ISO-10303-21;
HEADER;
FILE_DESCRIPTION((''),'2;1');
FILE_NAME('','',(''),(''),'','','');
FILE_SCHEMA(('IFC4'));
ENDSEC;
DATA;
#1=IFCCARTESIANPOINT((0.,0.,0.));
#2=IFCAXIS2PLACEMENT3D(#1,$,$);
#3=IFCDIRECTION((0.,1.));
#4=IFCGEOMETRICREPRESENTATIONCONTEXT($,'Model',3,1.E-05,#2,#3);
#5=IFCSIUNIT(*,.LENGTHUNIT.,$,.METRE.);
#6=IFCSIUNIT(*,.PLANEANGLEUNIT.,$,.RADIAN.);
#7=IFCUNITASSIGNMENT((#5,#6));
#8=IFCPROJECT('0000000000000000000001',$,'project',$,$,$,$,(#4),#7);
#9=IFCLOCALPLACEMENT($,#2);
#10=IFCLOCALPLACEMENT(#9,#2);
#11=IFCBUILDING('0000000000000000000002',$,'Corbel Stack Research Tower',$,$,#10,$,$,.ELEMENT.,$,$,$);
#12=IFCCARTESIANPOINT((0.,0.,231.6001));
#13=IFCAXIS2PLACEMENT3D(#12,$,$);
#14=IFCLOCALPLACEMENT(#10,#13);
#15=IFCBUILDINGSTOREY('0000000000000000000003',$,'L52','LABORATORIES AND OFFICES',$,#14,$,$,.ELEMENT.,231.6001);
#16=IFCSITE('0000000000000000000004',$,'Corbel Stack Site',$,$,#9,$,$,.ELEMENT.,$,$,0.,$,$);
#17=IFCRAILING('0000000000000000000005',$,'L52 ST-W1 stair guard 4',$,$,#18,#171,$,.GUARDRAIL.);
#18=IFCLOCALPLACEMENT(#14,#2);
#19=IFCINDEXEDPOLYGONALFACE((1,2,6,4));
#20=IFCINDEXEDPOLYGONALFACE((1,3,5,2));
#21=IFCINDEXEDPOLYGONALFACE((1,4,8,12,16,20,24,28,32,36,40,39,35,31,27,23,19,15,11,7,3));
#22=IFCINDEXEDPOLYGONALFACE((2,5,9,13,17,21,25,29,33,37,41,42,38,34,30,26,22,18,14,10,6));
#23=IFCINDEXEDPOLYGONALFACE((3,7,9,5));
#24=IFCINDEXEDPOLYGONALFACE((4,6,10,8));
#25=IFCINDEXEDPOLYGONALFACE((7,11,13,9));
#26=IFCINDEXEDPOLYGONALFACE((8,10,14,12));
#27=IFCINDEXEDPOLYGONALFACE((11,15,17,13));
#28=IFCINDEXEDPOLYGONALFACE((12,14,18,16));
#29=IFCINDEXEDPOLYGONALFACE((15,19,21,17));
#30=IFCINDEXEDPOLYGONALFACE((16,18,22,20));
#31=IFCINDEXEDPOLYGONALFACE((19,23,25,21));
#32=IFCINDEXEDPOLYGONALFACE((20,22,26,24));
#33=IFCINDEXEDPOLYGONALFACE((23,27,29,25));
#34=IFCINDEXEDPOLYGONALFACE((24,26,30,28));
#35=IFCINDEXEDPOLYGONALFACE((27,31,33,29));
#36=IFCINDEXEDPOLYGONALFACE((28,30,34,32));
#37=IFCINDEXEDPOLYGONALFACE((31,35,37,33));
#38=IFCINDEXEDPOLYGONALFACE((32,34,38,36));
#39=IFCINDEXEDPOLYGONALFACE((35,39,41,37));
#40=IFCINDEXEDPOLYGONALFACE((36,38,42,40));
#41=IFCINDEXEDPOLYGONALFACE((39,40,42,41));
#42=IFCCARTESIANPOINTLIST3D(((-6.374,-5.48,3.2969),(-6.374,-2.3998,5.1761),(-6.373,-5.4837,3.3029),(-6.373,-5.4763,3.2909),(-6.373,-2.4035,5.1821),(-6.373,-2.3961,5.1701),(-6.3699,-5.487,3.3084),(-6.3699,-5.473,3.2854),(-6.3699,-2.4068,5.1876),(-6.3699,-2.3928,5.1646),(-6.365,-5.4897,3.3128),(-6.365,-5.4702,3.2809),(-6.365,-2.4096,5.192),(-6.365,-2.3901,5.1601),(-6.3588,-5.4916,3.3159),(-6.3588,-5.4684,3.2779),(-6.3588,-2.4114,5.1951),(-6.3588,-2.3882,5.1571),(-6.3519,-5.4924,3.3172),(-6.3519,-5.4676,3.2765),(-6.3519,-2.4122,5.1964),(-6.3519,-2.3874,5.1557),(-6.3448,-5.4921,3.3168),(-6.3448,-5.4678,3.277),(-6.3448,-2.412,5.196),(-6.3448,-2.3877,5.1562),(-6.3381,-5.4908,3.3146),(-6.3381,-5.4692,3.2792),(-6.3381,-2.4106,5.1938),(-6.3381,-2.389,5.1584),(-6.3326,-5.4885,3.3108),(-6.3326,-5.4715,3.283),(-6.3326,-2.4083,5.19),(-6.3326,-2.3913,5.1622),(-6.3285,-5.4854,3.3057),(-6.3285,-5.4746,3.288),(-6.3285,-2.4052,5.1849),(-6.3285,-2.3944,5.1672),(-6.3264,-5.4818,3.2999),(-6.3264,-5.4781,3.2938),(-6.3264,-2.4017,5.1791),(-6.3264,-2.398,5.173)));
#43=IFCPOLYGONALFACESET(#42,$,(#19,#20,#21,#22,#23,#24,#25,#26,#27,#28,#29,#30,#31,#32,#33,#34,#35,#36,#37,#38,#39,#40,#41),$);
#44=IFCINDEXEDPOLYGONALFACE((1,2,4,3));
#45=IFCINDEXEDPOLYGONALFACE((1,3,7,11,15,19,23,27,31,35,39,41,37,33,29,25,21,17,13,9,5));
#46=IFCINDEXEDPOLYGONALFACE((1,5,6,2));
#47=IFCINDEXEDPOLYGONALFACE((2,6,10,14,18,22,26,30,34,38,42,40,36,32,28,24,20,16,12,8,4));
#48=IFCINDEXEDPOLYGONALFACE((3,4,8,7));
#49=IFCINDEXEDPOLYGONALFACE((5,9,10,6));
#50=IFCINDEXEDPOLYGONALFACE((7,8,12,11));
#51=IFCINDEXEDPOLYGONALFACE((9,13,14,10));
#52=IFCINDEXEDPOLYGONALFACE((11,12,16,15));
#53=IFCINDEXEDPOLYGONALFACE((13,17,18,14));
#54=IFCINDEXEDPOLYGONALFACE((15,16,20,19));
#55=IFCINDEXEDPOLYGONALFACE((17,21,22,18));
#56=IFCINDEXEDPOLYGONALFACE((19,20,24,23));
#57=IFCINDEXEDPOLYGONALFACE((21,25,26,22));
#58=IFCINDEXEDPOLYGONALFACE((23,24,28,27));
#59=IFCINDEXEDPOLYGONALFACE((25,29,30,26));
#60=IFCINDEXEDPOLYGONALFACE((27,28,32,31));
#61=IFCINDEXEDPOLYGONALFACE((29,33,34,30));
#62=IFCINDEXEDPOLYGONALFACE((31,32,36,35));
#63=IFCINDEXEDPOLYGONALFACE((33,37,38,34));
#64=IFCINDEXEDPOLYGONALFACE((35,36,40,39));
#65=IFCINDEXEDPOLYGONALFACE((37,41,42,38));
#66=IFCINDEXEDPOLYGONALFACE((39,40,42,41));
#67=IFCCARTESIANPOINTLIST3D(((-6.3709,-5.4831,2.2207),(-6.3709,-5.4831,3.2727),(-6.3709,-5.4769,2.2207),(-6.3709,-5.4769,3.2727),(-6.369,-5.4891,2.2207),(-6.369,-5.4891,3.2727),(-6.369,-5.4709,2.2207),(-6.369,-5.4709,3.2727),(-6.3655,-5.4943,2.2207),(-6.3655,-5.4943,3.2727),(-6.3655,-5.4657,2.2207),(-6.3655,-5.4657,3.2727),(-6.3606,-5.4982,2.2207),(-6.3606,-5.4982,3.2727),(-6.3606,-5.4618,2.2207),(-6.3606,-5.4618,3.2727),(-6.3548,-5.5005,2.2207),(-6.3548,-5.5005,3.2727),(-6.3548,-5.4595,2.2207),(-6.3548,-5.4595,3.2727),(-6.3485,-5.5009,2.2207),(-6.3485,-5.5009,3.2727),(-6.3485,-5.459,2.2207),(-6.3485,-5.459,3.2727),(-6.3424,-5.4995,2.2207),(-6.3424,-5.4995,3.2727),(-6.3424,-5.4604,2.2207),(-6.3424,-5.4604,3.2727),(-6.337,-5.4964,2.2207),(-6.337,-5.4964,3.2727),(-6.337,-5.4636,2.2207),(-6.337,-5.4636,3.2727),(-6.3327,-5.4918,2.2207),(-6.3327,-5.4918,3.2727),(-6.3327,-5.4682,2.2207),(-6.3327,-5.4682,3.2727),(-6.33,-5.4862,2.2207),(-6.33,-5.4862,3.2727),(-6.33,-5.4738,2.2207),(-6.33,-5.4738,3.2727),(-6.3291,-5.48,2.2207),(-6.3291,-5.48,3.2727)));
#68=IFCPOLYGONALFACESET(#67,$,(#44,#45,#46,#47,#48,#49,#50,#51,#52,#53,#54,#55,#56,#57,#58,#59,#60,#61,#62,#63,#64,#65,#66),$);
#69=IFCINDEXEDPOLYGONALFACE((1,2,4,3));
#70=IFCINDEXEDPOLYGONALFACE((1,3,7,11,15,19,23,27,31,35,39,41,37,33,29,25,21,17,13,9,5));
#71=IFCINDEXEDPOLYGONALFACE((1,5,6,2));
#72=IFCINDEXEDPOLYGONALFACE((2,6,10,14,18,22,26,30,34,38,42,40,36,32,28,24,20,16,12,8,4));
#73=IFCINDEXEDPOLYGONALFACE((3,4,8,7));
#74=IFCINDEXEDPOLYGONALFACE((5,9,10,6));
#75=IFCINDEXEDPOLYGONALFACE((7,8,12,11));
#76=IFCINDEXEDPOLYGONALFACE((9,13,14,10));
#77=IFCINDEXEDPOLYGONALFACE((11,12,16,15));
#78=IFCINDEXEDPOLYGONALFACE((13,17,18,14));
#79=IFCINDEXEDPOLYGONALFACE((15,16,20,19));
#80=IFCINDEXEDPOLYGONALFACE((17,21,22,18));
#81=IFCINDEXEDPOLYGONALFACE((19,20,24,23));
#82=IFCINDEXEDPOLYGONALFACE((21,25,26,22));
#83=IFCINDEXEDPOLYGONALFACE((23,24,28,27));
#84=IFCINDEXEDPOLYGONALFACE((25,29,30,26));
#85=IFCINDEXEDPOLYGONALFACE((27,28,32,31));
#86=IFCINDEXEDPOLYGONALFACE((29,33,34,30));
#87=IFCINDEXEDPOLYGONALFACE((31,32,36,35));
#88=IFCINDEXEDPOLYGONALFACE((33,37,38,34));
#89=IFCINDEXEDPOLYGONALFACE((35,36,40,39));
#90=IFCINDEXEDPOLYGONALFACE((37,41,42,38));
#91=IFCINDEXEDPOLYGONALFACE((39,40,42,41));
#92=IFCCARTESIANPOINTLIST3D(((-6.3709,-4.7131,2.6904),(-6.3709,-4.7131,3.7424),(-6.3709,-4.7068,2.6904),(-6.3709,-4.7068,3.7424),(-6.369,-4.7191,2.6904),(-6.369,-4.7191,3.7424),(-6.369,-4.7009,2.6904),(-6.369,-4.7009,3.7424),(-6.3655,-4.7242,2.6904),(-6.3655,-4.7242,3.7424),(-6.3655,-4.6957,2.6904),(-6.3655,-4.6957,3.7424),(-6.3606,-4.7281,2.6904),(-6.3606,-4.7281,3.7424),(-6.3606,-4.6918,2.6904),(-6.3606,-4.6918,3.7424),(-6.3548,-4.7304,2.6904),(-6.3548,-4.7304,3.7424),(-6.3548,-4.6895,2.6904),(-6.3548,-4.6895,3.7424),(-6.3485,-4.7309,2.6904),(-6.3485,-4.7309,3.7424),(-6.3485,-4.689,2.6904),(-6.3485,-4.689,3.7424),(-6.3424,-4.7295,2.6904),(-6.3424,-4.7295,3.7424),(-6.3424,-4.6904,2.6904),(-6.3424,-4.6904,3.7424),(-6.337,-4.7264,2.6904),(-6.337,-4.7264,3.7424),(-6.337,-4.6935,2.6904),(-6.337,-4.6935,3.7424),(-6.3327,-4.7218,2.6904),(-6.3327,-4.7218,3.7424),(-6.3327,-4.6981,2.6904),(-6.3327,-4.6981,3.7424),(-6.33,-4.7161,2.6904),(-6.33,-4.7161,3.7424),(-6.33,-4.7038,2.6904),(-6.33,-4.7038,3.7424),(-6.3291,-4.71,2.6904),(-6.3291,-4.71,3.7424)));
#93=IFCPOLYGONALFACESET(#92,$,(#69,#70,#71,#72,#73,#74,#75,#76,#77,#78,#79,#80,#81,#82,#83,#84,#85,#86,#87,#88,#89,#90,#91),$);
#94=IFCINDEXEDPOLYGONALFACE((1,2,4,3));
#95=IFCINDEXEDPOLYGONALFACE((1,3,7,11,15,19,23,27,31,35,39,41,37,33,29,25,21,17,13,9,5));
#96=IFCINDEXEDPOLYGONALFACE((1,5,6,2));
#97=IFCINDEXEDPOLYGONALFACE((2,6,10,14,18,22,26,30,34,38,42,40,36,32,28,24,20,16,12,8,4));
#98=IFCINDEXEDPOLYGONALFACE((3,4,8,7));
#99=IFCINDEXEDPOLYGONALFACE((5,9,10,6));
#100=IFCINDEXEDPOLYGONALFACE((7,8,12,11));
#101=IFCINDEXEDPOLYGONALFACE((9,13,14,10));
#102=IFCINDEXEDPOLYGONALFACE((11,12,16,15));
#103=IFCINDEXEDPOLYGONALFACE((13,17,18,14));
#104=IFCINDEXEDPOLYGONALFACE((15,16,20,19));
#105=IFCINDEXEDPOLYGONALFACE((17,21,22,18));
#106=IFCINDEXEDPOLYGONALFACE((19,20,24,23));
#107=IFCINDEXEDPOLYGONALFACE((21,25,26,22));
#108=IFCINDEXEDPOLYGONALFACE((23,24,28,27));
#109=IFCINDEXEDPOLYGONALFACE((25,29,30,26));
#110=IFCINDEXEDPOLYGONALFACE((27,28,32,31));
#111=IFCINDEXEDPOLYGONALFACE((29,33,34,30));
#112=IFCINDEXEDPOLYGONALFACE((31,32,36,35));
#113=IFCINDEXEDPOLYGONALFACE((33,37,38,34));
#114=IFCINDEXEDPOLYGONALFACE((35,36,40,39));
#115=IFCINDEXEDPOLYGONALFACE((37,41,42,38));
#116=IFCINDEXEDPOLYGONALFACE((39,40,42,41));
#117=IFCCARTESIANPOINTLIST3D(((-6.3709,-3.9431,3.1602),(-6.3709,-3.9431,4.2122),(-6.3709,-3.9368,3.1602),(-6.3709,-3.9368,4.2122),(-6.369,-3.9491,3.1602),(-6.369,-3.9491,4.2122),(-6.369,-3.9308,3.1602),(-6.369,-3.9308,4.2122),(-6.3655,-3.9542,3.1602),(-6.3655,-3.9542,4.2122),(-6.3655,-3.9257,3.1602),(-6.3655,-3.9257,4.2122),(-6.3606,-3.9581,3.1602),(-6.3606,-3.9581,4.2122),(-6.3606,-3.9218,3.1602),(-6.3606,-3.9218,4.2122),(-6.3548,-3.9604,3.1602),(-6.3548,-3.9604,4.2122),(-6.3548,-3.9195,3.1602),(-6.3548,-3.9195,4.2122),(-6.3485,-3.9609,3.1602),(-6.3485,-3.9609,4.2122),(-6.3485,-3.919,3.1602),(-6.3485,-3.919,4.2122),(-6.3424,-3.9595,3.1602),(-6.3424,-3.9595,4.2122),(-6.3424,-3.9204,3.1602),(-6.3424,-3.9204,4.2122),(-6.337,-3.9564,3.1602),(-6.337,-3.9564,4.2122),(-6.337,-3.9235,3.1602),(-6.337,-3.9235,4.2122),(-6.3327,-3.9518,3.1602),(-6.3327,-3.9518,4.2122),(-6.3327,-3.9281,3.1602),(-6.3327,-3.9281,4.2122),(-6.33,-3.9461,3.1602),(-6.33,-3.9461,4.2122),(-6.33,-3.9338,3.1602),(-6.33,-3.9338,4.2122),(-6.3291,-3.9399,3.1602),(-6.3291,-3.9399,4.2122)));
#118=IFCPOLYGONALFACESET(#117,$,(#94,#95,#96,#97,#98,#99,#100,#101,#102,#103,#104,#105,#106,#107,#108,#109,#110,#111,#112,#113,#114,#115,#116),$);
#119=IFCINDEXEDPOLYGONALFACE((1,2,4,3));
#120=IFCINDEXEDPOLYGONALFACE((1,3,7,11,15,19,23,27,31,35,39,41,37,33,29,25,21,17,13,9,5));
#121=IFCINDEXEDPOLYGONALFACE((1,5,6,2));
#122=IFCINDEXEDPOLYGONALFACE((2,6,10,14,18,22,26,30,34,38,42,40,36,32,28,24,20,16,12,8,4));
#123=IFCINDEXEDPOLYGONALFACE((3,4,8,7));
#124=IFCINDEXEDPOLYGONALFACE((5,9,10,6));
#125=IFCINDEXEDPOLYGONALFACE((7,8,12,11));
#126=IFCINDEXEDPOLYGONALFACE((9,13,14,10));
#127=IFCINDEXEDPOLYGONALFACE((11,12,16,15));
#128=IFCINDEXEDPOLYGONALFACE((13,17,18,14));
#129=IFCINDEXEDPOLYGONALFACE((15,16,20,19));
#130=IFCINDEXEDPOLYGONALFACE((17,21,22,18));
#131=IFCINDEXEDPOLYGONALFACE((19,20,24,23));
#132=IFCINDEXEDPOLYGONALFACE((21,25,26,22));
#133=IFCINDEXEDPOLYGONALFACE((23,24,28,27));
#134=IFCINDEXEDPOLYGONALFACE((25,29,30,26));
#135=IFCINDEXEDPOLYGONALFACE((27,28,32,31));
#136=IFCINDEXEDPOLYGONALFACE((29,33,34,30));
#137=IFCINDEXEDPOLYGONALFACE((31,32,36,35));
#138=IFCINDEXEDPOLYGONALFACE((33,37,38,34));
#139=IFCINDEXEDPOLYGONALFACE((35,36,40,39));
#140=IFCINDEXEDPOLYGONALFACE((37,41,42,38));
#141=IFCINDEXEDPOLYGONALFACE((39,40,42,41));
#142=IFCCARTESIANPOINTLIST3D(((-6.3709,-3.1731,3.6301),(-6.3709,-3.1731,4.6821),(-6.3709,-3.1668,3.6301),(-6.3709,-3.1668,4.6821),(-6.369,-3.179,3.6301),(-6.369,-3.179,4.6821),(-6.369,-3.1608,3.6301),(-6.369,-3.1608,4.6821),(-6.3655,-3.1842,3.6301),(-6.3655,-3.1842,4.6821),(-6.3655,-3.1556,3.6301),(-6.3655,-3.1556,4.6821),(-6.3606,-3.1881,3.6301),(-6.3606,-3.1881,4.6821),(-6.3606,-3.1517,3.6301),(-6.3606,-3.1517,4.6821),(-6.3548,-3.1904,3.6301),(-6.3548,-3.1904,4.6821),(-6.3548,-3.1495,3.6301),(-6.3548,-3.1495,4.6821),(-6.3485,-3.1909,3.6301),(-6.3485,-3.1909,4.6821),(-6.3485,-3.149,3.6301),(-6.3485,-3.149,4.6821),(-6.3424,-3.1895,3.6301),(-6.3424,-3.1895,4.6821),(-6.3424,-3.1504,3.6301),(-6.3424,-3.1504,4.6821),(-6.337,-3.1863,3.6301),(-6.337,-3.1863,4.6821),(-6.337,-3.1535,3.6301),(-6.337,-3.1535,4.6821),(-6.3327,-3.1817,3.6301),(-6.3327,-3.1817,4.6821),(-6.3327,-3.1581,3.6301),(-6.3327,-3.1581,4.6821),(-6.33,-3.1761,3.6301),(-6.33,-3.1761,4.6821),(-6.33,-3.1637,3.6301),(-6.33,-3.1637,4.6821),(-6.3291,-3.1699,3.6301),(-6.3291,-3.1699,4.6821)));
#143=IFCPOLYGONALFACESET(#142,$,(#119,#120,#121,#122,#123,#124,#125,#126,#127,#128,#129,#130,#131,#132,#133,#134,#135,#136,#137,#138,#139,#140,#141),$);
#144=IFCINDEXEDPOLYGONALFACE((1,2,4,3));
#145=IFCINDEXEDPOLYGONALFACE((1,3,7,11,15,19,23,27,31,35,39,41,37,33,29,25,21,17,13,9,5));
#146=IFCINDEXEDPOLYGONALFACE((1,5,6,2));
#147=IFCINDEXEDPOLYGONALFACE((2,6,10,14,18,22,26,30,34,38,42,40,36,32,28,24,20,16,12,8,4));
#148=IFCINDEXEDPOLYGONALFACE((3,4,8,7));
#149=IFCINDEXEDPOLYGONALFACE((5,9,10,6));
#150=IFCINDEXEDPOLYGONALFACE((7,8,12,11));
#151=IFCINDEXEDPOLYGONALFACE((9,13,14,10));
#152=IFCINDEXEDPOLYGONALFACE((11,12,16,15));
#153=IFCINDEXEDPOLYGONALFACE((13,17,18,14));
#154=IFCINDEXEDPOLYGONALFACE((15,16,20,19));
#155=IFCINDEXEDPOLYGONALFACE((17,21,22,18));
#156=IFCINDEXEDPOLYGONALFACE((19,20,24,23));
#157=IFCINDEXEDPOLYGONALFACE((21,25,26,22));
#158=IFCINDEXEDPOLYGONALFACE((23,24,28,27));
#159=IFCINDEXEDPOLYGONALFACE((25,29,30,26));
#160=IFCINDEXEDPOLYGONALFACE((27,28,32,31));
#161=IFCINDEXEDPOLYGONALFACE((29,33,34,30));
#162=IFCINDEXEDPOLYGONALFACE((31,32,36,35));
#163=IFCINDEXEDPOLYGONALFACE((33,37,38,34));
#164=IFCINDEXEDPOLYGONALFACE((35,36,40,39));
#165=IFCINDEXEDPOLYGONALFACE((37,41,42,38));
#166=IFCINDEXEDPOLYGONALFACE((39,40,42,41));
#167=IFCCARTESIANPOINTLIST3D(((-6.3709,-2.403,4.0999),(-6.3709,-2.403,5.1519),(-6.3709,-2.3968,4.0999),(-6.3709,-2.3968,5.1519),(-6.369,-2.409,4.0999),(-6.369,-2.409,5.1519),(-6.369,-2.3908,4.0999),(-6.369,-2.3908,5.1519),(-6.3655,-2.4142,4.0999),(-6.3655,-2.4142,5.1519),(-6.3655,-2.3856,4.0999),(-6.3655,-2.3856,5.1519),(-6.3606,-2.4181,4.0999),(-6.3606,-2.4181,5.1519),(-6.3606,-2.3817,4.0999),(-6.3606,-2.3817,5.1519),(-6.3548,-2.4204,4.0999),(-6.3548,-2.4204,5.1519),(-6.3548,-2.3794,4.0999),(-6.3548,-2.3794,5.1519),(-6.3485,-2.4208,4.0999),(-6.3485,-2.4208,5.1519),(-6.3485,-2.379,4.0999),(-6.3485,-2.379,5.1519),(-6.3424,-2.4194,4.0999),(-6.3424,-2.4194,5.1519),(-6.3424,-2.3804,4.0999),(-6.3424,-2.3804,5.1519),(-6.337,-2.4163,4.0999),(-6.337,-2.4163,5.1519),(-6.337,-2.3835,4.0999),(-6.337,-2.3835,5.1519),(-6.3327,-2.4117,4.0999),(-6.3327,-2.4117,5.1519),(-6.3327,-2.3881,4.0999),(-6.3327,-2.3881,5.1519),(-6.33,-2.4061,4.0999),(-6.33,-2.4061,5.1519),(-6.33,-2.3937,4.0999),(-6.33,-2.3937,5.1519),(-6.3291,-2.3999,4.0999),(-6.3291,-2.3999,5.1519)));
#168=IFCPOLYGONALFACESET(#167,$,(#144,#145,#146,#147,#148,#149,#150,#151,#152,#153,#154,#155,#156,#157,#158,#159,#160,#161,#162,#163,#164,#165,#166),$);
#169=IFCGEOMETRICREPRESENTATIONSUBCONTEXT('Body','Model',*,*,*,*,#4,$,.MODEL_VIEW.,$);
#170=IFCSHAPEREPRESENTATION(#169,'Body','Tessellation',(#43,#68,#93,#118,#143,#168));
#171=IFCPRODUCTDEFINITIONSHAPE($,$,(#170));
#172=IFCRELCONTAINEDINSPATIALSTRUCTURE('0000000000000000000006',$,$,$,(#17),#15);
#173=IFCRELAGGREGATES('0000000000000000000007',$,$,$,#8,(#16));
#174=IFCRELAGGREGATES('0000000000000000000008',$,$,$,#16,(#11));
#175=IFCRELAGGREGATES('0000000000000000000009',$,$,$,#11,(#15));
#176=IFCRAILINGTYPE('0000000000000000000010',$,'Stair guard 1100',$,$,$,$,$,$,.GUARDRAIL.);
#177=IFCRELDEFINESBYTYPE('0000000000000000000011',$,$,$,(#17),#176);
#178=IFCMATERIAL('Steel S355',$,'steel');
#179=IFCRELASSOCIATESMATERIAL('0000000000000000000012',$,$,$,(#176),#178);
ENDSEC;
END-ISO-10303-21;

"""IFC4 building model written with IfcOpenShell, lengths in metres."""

from ifc_helpers import new_model, si_unit, direction, frame, origin, origin_2d, place, context, subcontext, project, spatial, circle, extrude, material, type_object, element, save


model = new_model("IFC4")

# Units and contexts
model_context = context("Model", 3, precision=1e-05, world=origin(), true_north=direction((0.0, 1.0)))
body_context = subcontext(model_context, "Body", "Model", "MODEL_VIEW")
ifc_project = project(units=[si_unit("LENGTHUNIT", "METRE"), si_unit("PLANEANGLEUNIT", "RADIAN")], contexts=[model_context])

# Site, building, storey
site_placement = place(None, origin())
site = spatial("IfcSite", under=ifc_project, at=site_placement, Name="Corbel Stack Site", CompositionType="ELEMENT", RefElevation=0.0)
building_placement = place(site_placement, origin())
building = spatial("IfcBuilding", under=site, at=building_placement, Name="Corbel Stack Research Tower", CompositionType="ELEMENT")
storey_placement = place(building_placement, frame((0.0, 0.0, 231.6001)))
storey = spatial("IfcBuildingStorey", under=building, at=storey_placement, Name="L52", Description="LABORATORIES AND OFFICES", CompositionType="ELEMENT", Elevation=231.6001)

# Railing
ifc_material_1 = material(Name="Steel S355", Category="steel")
railing_type = type_object("IfcRailingType", Name="Stair guard 1100", PredefinedType="GUARDRAIL", material=ifc_material_1)
railing_1_placement = place(storey_placement, frame((-6.3501, -5.48, 2.2207)))
element("IfcRailing", 1, at=railing_1_placement, inside=storey, type_object=railing_type, Name="L52 ST-W1 stair guard 4", PredefinedType="GUARDRAIL", context=body_context, shape_type="SweptSolid", body=[
    extrude(circle(Radius=0.0239, at=origin_2d()), frame((0.0, 0.0, 1.0762), z_axis=(0.0, 0.853666, 0.52082), x_axis=(-1.0, 0.0, 0.0)), (0.0, 0.0, 1.0), 3.6082),
    extrude(circle(Radius=0.021, at=origin_2d()), origin(), (0.0, 0.0, 1.0), 1.052),
    extrude(circle(Radius=0.021, at=origin_2d()), frame((0.0, 0.77, 0.4697)), (0.0, 0.0, 1.0), 1.052),
    extrude(circle(Radius=0.021, at=origin_2d()), frame((0.0, 1.54, 0.9395)), (0.0, 0.0, 1.0), 1.052),
    extrude(circle(Radius=0.021, at=origin_2d()), frame((0.0, 2.3101, 1.4094)), (0.0, 0.0, 1.0), 1.052),
    extrude(circle(Radius=0.021, at=origin_2d()), frame((0.0, 3.0801, 1.8792)), (0.0, 0.0, 1.0), 1.052),
])

save(model, "model.ifc")
